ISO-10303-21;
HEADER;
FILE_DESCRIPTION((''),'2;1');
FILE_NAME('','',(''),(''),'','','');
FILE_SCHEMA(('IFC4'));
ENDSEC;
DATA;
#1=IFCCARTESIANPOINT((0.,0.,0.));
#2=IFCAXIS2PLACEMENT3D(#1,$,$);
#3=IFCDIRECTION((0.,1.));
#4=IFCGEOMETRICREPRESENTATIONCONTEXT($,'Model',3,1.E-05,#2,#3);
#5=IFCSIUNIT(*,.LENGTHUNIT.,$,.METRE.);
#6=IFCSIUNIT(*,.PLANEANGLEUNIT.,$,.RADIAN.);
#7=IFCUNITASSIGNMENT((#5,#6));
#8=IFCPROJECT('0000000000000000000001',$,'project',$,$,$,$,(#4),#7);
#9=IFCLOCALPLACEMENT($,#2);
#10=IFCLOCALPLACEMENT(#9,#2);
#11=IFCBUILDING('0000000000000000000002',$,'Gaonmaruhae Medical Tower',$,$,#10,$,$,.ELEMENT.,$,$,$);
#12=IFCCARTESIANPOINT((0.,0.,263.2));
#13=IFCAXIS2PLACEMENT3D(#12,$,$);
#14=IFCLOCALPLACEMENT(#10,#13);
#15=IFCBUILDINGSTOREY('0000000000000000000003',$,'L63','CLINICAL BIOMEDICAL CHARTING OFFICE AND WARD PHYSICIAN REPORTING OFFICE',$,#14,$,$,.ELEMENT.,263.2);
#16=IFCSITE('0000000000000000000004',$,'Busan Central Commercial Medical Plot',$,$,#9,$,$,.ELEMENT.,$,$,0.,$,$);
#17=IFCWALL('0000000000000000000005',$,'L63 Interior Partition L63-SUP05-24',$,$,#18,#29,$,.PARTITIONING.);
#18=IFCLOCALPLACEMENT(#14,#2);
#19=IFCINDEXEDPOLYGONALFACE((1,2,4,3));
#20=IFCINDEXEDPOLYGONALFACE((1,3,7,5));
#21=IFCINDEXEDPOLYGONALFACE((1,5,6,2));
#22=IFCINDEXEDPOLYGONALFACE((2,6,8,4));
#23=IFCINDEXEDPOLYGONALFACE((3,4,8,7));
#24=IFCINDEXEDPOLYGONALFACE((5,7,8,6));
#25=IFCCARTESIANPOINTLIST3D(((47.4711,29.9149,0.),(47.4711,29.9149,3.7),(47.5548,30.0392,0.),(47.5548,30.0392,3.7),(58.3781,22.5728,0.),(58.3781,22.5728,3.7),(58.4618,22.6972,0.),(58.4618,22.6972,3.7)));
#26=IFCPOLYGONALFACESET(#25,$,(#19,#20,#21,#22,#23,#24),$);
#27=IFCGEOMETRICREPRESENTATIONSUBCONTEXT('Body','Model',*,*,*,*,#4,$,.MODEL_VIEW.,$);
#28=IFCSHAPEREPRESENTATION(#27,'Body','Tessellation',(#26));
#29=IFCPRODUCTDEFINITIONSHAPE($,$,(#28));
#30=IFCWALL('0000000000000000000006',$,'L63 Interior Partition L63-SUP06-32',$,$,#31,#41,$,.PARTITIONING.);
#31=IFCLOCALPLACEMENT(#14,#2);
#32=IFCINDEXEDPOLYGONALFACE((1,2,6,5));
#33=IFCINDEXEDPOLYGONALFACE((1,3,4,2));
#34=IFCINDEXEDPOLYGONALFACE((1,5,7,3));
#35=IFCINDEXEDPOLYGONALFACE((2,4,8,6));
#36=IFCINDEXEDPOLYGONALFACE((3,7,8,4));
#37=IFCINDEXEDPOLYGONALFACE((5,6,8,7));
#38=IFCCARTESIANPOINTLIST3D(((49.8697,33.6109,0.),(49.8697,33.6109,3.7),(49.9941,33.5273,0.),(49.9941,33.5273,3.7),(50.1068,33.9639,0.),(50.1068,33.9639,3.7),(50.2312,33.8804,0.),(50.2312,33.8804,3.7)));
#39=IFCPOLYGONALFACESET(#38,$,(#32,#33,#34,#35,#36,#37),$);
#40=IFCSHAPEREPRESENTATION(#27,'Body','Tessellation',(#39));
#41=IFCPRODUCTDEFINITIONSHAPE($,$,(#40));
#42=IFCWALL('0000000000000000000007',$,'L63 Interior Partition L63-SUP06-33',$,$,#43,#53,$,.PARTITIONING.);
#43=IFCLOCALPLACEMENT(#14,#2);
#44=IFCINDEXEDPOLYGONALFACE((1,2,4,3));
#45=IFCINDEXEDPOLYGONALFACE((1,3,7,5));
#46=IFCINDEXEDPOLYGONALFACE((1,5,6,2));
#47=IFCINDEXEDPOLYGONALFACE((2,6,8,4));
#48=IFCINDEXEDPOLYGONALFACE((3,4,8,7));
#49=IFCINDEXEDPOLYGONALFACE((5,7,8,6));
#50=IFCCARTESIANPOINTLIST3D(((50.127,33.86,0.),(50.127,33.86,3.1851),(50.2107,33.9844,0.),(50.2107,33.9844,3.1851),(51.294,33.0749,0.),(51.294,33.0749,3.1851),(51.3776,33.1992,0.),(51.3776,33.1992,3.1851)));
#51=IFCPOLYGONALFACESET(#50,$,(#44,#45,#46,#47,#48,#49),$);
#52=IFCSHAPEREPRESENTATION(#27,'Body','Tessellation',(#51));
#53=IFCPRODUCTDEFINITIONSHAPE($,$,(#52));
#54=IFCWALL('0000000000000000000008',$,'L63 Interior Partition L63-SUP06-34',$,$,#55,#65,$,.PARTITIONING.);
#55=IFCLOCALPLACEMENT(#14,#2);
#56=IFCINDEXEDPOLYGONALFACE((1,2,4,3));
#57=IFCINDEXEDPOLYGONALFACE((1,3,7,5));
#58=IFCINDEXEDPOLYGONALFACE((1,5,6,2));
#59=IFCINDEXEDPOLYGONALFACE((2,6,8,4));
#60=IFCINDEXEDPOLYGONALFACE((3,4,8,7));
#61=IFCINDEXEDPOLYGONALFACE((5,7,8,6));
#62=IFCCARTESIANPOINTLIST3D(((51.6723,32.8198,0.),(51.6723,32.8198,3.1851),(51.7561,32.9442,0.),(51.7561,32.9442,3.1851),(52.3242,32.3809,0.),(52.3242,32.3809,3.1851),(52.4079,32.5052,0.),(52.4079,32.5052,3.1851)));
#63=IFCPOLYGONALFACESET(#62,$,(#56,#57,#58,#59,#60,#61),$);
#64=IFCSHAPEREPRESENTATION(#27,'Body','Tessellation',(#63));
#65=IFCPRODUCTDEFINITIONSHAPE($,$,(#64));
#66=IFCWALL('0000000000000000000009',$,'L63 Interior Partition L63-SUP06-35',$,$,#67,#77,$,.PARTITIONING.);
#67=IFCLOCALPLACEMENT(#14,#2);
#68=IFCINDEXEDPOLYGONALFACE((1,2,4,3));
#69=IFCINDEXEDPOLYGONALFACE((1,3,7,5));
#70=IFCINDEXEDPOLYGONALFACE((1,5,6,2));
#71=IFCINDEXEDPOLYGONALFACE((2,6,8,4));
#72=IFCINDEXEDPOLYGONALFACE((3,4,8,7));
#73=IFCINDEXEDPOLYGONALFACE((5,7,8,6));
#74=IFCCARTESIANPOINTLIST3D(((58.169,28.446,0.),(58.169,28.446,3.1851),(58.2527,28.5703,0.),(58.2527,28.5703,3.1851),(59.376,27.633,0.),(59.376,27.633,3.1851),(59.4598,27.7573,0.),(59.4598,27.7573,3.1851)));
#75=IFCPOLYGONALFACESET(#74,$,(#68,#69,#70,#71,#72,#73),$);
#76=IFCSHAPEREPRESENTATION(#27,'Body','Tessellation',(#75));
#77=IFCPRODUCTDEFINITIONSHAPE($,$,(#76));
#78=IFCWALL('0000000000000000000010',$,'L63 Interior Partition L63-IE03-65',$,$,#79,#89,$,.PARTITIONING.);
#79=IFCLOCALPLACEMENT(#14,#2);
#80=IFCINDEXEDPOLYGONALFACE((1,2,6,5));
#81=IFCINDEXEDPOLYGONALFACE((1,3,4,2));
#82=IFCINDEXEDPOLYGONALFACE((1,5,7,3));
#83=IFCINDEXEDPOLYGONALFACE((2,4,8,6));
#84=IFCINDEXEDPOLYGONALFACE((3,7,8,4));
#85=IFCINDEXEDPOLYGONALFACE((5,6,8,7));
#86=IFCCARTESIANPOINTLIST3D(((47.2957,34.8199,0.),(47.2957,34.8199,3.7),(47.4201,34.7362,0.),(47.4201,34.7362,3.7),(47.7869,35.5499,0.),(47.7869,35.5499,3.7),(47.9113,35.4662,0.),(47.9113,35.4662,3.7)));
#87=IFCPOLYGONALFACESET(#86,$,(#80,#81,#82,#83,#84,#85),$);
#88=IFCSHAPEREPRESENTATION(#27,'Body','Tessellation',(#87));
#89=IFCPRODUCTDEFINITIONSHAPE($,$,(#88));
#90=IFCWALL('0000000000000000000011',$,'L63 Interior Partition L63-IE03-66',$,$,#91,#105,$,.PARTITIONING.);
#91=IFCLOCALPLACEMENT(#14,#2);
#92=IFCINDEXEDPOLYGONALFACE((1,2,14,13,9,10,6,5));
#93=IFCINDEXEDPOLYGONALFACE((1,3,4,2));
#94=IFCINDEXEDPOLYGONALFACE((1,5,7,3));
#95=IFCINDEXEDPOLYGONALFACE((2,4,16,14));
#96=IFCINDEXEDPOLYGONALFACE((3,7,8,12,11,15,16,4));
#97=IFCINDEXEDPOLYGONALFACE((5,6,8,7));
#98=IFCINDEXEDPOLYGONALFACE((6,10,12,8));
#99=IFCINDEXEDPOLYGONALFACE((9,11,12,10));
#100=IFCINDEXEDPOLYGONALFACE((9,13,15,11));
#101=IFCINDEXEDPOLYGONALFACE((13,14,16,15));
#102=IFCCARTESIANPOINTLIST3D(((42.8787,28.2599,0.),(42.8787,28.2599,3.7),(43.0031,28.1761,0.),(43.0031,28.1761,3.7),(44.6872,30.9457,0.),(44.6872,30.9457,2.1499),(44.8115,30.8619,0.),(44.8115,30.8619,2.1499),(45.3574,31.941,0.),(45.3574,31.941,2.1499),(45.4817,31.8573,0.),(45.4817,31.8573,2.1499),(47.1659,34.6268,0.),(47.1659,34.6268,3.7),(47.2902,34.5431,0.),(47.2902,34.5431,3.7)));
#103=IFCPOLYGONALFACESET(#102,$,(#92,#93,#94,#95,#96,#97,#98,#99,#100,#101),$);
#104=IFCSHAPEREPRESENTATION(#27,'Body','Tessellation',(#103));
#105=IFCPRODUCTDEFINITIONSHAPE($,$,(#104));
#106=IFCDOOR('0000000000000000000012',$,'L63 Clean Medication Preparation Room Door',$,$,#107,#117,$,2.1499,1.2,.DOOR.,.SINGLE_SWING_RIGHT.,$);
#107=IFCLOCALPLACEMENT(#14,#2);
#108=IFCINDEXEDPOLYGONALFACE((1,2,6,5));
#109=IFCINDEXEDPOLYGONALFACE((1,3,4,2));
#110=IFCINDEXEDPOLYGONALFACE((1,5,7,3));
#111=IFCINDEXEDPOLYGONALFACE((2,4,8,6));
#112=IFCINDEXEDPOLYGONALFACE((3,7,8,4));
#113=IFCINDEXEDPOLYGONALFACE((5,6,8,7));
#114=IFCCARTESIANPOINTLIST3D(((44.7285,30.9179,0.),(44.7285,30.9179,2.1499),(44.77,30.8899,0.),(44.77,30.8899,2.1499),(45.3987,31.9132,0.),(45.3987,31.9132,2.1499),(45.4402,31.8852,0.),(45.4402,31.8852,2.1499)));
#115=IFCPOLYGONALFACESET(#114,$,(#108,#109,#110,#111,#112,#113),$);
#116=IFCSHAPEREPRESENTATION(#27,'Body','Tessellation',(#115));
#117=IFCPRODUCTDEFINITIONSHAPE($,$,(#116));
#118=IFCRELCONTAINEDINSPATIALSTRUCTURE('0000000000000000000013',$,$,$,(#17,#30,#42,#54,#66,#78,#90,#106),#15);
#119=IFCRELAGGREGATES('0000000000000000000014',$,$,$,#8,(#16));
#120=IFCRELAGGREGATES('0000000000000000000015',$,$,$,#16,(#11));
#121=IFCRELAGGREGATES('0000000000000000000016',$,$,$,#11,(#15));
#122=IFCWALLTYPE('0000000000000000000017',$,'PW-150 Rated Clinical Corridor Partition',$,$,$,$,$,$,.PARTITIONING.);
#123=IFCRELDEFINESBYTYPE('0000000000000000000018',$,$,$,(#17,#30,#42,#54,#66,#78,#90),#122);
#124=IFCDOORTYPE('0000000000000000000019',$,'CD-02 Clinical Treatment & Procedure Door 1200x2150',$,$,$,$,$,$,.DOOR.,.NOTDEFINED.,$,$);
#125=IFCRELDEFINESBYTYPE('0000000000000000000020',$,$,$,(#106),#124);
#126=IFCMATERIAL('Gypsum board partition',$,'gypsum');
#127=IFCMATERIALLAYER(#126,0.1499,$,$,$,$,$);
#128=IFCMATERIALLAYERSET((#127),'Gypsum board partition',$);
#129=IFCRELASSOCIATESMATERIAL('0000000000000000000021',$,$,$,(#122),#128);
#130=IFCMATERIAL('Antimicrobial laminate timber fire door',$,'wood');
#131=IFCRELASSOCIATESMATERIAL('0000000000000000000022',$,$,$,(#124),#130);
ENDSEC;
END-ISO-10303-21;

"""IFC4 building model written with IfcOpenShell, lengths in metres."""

from ifc_helpers import new_model, si_unit, direction, frame, frame_2d, origin, place, context, subcontext, project, spatial, rectangle, extrude, material, layer, layer_set, type_object, element, fill, save


model = new_model("IFC4")

# Units and contexts
model_context = context("Model", 3, precision=1e-05, world=origin(), true_north=direction((0.0, 1.0)))
body_context = subcontext(model_context, "Body", "Model", "MODEL_VIEW")
ifc_project = project(units=[si_unit("LENGTHUNIT", "METRE"), si_unit("PLANEANGLEUNIT", "RADIAN")], contexts=[model_context])

# Site, building, storey
site_placement = place(None, origin())
site = spatial("IfcSite", under=ifc_project, at=site_placement, Name="Busan Central Commercial Medical Plot", CompositionType="ELEMENT", RefElevation=0.0)
building_placement = place(site_placement, origin())
building = spatial("IfcBuilding", under=site, at=building_placement, Name="Gaonmaruhae Medical Tower", CompositionType="ELEMENT")
storey_placement = place(building_placement, frame((0.0, 0.0, 263.2)))
storey = spatial("IfcBuildingStorey", under=building, at=storey_placement, Name="L63", Description="CLINICAL BIOMEDICAL CHARTING OFFICE AND WARD PHYSICIAN REPORTING OFFICE", CompositionType="ELEMENT", Elevation=263.2)

# Wall
ifc_material_1 = material(Name="Gypsum board partition", Category="gypsum")
ifc_layer_1 = layer(ifc_material_1, 0.1499)
ifc_layer_set_1 = layer_set([ifc_layer_1], Name="Gypsum board partition")
wall_type_1 = type_object("IfcWallType", Name="PW-150 Rated Clinical Corridor Partition", PredefinedType="PARTITIONING", material=ifc_layer_set_1)
wall_1_placement = place(storey_placement, frame((47.5129, 29.9771, 0.0), z_axis=(0.0, 0.0, 1.0), x_axis=(0.829559, -0.558418, 0.0)))
element("IfcWall", 1, at=wall_1_placement, inside=storey, type_object=wall_type_1, Name="L63 Interior Partition L63-SUP05-24", PredefinedType="PARTITIONING", context=body_context, shape_type="SweptSolid", body=[
    extrude(rectangle(XDim=13.1479, YDim=0.1499, at=frame_2d((6.574, 0.0))), origin(), (0.0, 0.0, 1.0), 3.7),
])

# Shared definitions
ifc_material_2 = material(Name="Antimicrobial laminate timber fire door", Category="wood")
door_type = type_object("IfcDoorType", Name="CD-02 Clinical Treatment & Procedure Door 1200x2150", OperationType="NOTDEFINED", PredefinedType="DOOR", material=ifc_material_2)

# Walls
wall_2_placement = place(storey_placement, frame((49.9319, 33.5691, 0.0), z_axis=(0.0, 0.0, 1.0), x_axis=(0.557479, 0.830191, 0.0)))
element("IfcWall", 2, at=wall_2_placement, inside=storey, type_object=wall_type_1, Name="L63 Interior Partition L63-SUP06-32", PredefinedType="PARTITIONING", context=body_context, shape_type="SweptSolid", body=[
    extrude(rectangle(XDim=0.4253, YDim=0.1499, at=frame_2d((0.2126, 0.0))), origin(), (0.0, 0.0, 1.0), 3.7),
])
wall_3_placement = place(storey_placement, frame((50.1689, 33.9221, 0.0), z_axis=(0.0, 0.0, 1.0), x_axis=(0.829693, -0.55822, 0.0)))
element("IfcWall", 3, at=wall_3_placement, inside=storey, type_object=wall_type_1, Name="L63 Interior Partition L63-SUP06-33", PredefinedType="PARTITIONING", context=body_context, shape_type="SweptSolid", body=[
    extrude(rectangle(XDim=1.4065, YDim=0.1499, at=frame_2d((0.7031, 0.0))), origin(), (0.0, 0.0, 1.0), 3.1851),
])
wall_4_placement = place(storey_placement, frame((51.7141, 32.8821, 0.0), z_axis=(0.0, 0.0, 1.0), x_axis=(0.82946, -0.558565, 0.0)))
element("IfcWall", 4, at=wall_4_placement, inside=storey, type_object=wall_type_1, Name="L63 Interior Partition L63-SUP06-34", PredefinedType="PARTITIONING", context=body_context, shape_type="SweptSolid", body=[
    extrude(rectangle(XDim=0.7859, YDim=0.1499, at=frame_2d((0.3931, 0.0))), origin(), (0.0, 0.0, 1.0), 3.1851),
])
wall_5_placement = place(storey_placement, frame((58.2109, 28.5081, 0.0), z_axis=(0.0, 0.0, 1.0), x_axis=(0.829408, -0.558643, 0.0)))
element("IfcWall", 5, at=wall_5_placement, inside=storey, type_object=wall_type_1, Name="L63 Interior Partition L63-SUP06-35", PredefinedType="PARTITIONING", context=body_context, shape_type="SweptSolid", body=[
    extrude(rectangle(XDim=1.4553, YDim=0.1499, at=frame_2d((0.7275, 0.0))), origin(), (0.0, 0.0, 1.0), 3.1851),
])
wall_6_placement = place(storey_placement, frame((47.8491, 35.5081, 0.0), z_axis=(0.0, 0.0, 1.0), x_axis=(-0.558281, -0.829652, 0.0)))
element("IfcWall", 6, at=wall_6_placement, inside=storey, type_object=wall_type_1, Name="L63 Interior Partition L63-IE03-65", PredefinedType="PARTITIONING", context=body_context, shape_type="SweptSolid", body=[
    extrude(rectangle(XDim=0.8799, YDim=0.1499, at=frame_2d((0.4399, 0.0))), origin(), (0.0, 0.0, 1.0), 3.7),
])

# Wall, opening, door
wall_7_placement = place(storey_placement, frame((47.228, 34.585, 0.0), z_axis=(0.0, 0.0, 1.0), x_axis=(-0.558526, -0.829487, 0.0)))
wall_7 = element("IfcWall", 7, at=wall_7_placement, inside=storey, type_object=wall_type_1, Name="L63 Interior Partition L63-IE03-66", PredefinedType="PARTITIONING", context=body_context, shape_type="SweptSolid", body=[
    extrude(rectangle(XDim=7.6758, YDim=0.1499, at=frame_2d((3.8379, 0.0))), origin(), (0.0, 0.0, 1.0), 3.7),
])
opening_1_placement = place(wall_7_placement, frame((3.2378, 0.0, 0.0)))
opening_1 = element("IfcOpeningElement", 8, at=opening_1_placement, cuts=wall_7, PredefinedType="OPENING", context=body_context, shape_type="SweptSolid", body=[
    extrude(rectangle(XDim=1.2, YDim=2.1499, at=frame_2d((0.6001, 1.075))), frame((0.0, 0.085, 0.0), z_axis=(0.0, -1.0, 0.0), x_axis=(1.0, 0.0, 0.0)), (0.0, 0.0, 1.0), 0.1699),
])
door_1_placement = place(opening_1_placement, origin())
door_1 = element("IfcDoor", 9, at=door_1_placement, inside=storey, type_object=door_type, Name="L63 Clean Medication Preparation Room Door", OperationType="SINGLE_SWING_RIGHT", OverallHeight=2.1499, OverallWidth=1.2, PredefinedType="DOOR", context=body_context, shape_type="SweptSolid", body=[
    extrude(rectangle(XDim=1.2, YDim=2.1499, at=frame_2d((0.6001, 1.075))), frame((0.0, 0.0249, 0.0), z_axis=(0.0, -1.0, 0.0), x_axis=(1.0, 0.0, 0.0)), (0.0, 0.0, 1.0), 0.05),
])
fill(opening_1, door_1)

save(model, "model.ifc")
